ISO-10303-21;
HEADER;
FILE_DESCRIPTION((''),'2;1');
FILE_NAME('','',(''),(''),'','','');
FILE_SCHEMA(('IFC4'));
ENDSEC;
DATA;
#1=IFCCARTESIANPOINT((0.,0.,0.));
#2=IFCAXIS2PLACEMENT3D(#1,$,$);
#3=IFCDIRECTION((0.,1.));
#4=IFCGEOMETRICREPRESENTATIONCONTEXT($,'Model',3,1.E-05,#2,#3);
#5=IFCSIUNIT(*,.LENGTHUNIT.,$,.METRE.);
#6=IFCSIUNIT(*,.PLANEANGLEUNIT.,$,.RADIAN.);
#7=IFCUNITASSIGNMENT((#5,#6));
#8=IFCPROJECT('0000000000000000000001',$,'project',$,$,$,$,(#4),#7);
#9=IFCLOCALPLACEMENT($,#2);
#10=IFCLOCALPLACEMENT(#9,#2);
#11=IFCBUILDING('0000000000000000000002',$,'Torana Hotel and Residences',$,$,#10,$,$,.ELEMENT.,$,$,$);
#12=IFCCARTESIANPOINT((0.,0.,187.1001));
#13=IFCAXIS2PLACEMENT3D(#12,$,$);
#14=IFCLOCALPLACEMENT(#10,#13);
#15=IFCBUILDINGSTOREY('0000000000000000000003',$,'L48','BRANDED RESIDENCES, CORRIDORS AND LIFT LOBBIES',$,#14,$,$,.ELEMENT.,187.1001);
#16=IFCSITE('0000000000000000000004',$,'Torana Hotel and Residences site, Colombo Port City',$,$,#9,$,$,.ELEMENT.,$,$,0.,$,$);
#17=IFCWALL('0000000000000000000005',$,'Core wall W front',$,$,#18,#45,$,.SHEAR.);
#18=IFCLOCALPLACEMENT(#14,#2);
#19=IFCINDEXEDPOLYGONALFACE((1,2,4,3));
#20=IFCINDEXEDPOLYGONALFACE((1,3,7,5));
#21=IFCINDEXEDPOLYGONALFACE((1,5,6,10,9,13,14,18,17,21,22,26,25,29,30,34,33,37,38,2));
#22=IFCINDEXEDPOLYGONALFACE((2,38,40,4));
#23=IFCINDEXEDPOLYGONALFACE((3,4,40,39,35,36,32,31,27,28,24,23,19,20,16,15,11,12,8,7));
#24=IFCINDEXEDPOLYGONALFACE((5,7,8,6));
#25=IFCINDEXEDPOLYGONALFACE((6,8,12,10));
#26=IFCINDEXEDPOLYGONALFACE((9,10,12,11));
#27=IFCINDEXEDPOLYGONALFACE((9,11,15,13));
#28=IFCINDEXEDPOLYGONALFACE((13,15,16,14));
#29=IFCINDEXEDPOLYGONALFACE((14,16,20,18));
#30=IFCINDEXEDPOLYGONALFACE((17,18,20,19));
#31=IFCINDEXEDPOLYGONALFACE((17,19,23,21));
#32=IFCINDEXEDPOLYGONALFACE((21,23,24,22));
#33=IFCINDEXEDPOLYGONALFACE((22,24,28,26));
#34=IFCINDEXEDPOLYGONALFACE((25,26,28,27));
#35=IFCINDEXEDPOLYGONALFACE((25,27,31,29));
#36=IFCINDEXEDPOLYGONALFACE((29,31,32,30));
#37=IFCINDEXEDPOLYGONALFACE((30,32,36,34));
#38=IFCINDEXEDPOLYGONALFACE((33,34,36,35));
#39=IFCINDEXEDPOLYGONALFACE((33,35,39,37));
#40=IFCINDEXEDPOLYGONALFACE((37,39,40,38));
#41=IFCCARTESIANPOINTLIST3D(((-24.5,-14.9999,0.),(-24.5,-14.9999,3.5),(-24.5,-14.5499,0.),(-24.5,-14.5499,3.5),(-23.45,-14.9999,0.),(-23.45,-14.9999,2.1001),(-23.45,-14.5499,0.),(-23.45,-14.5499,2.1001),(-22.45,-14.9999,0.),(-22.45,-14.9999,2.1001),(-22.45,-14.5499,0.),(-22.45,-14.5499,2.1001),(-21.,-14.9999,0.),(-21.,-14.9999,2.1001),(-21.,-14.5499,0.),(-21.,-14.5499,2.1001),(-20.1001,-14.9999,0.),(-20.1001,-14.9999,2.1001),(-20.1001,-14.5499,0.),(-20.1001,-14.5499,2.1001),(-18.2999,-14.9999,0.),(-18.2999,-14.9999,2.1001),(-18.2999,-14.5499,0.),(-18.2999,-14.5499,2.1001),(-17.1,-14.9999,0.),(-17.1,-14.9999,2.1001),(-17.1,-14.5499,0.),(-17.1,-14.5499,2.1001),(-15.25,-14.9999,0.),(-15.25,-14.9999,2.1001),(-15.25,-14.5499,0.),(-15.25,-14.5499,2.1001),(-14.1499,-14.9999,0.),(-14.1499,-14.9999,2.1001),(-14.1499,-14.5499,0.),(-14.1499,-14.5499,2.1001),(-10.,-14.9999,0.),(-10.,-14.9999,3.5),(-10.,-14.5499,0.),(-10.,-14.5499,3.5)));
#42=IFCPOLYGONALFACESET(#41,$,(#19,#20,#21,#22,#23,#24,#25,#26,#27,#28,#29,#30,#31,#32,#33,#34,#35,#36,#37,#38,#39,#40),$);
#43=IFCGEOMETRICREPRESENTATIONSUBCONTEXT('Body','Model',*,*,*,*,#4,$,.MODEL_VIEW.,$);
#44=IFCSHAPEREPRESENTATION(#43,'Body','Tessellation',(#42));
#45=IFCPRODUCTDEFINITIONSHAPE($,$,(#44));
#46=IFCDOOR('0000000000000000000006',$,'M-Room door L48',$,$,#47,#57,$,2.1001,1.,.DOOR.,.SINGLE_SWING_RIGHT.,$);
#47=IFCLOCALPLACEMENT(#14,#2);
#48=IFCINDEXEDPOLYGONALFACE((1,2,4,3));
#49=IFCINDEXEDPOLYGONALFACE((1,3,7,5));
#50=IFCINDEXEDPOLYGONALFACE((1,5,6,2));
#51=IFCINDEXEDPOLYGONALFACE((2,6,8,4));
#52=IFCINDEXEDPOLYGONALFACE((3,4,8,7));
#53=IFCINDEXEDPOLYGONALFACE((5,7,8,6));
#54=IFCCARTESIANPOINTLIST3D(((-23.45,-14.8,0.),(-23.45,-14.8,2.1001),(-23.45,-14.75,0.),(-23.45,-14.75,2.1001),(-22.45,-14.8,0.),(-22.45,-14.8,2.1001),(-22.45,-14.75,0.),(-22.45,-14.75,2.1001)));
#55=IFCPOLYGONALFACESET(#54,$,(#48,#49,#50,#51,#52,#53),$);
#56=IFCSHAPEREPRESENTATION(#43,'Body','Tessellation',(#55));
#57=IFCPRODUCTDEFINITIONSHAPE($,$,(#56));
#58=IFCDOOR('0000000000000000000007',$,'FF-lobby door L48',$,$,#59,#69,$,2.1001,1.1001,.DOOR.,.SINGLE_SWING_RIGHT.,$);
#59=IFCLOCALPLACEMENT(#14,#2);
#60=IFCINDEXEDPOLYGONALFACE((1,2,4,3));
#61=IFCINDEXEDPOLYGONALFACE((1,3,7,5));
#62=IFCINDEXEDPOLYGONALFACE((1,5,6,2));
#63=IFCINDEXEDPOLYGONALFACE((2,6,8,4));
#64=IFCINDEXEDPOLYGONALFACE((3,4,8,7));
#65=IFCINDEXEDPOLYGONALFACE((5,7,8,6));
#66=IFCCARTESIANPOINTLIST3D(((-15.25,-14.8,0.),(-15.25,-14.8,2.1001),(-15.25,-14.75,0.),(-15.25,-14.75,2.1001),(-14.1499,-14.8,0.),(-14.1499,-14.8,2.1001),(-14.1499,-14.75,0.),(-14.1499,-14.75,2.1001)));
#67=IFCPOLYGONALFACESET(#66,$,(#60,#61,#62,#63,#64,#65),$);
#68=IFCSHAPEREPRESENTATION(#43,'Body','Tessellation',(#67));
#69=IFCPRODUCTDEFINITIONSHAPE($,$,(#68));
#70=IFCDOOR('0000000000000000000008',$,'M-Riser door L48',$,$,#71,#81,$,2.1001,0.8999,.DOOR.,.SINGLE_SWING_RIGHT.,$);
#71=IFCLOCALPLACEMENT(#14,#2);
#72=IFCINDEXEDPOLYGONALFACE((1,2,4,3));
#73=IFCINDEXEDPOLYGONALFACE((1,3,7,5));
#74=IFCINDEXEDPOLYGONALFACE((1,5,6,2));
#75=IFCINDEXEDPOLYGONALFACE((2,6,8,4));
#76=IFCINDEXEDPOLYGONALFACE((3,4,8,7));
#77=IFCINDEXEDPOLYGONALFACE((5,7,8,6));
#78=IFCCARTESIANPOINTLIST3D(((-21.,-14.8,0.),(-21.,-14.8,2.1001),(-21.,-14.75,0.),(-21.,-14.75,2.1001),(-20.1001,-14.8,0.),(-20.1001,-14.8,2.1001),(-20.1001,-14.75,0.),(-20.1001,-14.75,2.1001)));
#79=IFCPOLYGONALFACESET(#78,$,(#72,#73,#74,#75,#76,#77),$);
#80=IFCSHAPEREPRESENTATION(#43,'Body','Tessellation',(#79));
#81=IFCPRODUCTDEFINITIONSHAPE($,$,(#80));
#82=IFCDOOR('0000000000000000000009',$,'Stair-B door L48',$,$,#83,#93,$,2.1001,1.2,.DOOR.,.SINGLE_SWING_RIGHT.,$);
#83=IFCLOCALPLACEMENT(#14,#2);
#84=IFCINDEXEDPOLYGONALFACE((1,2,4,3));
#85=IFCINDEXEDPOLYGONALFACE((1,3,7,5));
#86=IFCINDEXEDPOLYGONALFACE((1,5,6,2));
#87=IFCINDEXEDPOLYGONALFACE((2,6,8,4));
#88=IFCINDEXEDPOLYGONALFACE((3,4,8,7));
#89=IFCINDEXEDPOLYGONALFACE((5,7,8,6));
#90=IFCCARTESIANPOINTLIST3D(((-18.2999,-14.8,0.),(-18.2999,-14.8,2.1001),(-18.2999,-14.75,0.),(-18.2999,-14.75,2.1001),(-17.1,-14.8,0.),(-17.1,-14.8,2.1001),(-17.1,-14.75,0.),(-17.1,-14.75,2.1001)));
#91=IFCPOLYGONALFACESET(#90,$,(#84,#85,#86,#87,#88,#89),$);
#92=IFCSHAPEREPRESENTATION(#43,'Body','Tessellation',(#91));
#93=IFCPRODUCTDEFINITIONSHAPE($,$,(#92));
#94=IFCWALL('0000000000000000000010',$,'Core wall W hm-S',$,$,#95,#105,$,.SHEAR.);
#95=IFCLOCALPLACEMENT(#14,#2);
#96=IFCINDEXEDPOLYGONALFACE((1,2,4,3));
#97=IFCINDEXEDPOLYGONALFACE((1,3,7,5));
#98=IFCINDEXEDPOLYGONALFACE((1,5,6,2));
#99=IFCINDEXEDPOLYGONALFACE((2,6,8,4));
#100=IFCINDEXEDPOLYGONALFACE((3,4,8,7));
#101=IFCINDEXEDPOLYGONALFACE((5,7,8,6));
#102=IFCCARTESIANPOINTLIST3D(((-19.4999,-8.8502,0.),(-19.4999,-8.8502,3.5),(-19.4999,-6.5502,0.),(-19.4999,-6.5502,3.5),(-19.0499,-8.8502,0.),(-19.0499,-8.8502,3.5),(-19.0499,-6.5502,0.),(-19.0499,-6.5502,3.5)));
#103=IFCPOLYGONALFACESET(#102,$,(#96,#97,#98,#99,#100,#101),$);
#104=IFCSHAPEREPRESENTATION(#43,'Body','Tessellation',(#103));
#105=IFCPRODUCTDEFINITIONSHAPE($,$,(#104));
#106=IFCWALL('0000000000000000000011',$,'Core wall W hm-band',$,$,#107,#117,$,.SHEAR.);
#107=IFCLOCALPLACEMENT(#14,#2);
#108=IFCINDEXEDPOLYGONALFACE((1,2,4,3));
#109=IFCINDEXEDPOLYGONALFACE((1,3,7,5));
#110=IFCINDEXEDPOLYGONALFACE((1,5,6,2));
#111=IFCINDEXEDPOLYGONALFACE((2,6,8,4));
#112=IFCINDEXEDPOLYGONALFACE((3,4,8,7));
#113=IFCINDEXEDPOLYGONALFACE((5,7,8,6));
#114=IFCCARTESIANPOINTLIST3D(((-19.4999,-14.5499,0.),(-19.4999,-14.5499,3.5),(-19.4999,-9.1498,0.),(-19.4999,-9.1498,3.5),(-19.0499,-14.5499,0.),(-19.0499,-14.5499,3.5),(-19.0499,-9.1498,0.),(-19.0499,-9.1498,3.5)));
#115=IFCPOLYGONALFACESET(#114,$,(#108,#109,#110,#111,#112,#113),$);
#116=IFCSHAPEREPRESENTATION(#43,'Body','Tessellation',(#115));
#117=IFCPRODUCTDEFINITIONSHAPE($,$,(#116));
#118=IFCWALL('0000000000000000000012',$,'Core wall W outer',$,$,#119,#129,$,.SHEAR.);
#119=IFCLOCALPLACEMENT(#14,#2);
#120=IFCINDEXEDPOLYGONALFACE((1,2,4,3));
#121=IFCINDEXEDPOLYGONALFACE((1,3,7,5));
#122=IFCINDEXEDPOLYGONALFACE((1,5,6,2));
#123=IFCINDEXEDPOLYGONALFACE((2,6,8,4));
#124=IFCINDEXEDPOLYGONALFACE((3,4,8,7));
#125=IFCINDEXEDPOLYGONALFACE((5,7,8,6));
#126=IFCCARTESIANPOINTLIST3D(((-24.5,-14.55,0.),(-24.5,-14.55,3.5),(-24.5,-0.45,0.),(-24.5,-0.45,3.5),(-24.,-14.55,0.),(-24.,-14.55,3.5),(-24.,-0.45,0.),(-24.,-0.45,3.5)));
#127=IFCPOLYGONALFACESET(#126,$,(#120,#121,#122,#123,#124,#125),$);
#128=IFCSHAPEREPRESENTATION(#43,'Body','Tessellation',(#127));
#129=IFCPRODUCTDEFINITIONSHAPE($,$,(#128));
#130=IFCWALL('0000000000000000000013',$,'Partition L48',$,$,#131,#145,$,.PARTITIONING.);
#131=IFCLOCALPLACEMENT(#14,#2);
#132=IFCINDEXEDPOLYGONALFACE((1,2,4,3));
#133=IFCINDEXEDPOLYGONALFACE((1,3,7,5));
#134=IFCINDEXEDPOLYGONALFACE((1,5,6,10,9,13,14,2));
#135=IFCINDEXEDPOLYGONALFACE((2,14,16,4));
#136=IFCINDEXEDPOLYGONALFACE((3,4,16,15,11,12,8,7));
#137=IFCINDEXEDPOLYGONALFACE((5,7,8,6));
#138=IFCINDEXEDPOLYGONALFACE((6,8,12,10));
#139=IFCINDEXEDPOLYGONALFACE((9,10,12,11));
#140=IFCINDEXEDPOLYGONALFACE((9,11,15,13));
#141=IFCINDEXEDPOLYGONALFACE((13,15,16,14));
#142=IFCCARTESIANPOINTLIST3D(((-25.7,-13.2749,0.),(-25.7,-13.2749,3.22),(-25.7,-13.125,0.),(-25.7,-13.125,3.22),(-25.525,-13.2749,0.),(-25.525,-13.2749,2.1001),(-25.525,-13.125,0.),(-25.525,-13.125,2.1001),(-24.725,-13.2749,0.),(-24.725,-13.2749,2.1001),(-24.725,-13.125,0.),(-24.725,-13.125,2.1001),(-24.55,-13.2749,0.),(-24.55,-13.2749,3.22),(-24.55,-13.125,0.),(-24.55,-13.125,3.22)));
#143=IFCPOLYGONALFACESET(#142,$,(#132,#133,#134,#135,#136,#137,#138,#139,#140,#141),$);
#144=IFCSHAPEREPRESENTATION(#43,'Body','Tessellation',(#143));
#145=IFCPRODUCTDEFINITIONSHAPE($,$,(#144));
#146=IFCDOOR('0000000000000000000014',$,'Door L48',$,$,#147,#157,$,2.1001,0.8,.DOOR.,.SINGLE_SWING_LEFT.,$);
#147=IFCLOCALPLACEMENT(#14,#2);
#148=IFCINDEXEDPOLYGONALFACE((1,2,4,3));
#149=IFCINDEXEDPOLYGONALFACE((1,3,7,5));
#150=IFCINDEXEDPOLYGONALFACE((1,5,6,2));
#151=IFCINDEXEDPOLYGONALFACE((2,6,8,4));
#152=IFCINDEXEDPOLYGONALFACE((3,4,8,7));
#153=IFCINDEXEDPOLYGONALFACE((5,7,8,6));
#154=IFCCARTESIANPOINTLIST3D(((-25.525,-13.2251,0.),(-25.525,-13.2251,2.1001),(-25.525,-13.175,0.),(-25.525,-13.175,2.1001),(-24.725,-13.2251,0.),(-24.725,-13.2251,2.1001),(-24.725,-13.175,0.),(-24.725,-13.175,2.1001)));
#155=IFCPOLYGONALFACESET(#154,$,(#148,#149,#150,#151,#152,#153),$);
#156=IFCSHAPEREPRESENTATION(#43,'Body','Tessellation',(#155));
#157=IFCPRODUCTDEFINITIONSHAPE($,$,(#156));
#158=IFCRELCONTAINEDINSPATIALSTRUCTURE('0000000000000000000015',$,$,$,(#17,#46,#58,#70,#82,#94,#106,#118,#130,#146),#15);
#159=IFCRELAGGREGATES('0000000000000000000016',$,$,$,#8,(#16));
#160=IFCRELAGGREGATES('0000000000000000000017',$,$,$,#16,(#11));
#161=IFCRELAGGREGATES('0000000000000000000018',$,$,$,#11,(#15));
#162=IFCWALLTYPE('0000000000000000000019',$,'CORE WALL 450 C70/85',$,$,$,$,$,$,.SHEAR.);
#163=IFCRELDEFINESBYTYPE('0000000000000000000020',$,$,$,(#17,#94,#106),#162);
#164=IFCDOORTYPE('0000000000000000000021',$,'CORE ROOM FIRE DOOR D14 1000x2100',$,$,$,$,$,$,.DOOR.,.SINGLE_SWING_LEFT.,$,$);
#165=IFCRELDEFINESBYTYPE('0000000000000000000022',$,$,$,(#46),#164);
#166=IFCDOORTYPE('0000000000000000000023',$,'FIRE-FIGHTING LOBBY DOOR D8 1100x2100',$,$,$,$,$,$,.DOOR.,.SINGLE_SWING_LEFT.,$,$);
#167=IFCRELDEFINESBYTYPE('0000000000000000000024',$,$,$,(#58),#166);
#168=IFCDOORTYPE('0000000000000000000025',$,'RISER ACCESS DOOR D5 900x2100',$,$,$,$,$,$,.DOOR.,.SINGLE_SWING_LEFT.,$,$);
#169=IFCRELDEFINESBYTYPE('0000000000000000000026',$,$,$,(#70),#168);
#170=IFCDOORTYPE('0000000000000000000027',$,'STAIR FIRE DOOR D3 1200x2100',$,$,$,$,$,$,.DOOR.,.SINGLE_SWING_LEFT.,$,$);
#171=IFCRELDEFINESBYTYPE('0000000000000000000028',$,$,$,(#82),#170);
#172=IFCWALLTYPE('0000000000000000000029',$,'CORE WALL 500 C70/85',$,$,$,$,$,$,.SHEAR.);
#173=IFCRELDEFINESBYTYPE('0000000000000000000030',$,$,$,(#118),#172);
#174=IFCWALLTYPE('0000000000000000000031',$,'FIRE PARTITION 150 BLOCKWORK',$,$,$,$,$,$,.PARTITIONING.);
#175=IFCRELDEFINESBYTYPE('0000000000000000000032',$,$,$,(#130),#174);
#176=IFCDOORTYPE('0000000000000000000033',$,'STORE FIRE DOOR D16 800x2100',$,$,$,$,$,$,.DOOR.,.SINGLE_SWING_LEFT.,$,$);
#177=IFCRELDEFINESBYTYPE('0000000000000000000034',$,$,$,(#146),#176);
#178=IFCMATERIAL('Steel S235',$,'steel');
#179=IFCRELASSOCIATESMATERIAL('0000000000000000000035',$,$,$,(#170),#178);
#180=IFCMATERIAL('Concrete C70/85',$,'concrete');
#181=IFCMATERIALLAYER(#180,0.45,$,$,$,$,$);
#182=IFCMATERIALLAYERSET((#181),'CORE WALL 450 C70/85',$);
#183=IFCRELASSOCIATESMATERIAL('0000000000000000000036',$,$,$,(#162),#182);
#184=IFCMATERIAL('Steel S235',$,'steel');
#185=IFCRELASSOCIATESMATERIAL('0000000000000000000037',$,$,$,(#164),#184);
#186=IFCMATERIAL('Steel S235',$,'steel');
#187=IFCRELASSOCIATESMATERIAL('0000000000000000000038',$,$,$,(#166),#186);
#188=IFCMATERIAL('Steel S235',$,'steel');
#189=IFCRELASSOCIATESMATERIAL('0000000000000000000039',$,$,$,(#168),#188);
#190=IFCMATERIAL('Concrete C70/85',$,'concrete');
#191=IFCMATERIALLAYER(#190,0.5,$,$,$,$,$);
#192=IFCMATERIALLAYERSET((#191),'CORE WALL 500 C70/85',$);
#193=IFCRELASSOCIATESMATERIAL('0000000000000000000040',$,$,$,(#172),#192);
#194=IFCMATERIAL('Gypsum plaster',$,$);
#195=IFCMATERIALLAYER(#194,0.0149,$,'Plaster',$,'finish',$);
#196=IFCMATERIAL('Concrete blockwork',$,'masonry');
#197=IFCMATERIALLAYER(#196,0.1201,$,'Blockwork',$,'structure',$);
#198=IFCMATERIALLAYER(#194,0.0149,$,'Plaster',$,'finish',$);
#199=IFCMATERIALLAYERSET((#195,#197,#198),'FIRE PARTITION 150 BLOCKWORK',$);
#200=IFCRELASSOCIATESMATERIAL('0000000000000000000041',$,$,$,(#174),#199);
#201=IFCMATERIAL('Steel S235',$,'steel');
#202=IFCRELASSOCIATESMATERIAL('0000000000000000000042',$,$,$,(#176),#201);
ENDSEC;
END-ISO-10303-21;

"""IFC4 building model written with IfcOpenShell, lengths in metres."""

from ifc_helpers import new_model, si_unit, direction, frame, frame_2d, origin, place, context, subcontext, project, spatial, rectangle, extrude, material, layer, layer_set, type_object, element, fill, save


model = new_model("IFC4")

# Units and contexts
model_context = context("Model", 3, precision=1e-05, world=origin(), true_north=direction((0.0, 1.0)))
body_context = subcontext(model_context, "Body", "Model", "MODEL_VIEW")
ifc_project = project(units=[si_unit("LENGTHUNIT", "METRE"), si_unit("PLANEANGLEUNIT", "RADIAN")], contexts=[model_context])

# Site, building, storey
site_placement = place(None, origin())
site = spatial("IfcSite", under=ifc_project, at=site_placement, Name="Torana Hotel and Residences site, Colombo Port City", CompositionType="ELEMENT", RefElevation=0.0)
building_placement = place(site_placement, origin())
building = spatial("IfcBuilding", under=site, at=building_placement, Name="Torana Hotel and Residences", CompositionType="ELEMENT")
storey_placement = place(building_placement, frame((0.0, 0.0, 187.1001)))
storey = spatial("IfcBuildingStorey", under=building, at=storey_placement, Name="L48", Description="BRANDED RESIDENCES, CORRIDORS AND LIFT LOBBIES", CompositionType="ELEMENT", Elevation=187.1001)

# Shared definitions
ifc_material_1 = material(Name="Steel S235", Category="steel")
door_type_1 = type_object("IfcDoorType", Name="STAIR FIRE DOOR D3 1200x2100", OperationType="SINGLE_SWING_LEFT", PredefinedType="DOOR", material=ifc_material_1)

# Wall, openings, doors
ifc_material_2 = material(Name="Concrete C70/85", Category="concrete")
ifc_layer_1 = layer(ifc_material_2, 0.45)
ifc_layer_set_1 = layer_set([ifc_layer_1], Name="CORE WALL 450 C70/85")
wall_type_1 = type_object("IfcWallType", Name="CORE WALL 450 C70/85", PredefinedType="SHEAR", material=ifc_layer_set_1)
wall_1_placement = place(storey_placement, frame((-24.5, -14.7749, 0.0), z_axis=(0.0, 0.0, 1.0), x_axis=(1.0, 0.0, 0.0)))
wall_1 = element("IfcWall", 1, at=wall_1_placement, inside=storey, type_object=wall_type_1, Name="Core wall W front", PredefinedType="SHEAR", context=body_context, shape_type="SweptSolid", body=[
    extrude(rectangle(XDim=14.5, YDim=0.45, at=frame_2d((7.25, 0.0))), origin(), (0.0, 0.0, 1.0), 3.5),
])
opening_1_placement = place(wall_1_placement, frame((6.2, 0.0, 0.0)))
opening_1 = element("IfcOpeningElement", 2, at=opening_1_placement, cuts=wall_1, PredefinedType="OPENING", context=body_context, shape_type="SweptSolid", body=[
    extrude(rectangle(XDim=1.2, YDim=2.1001, at=frame_2d((0.6001, 1.05))), frame((0.0, 0.2349, 0.0), z_axis=(0.0, -1.0, 0.0), x_axis=(1.0, 0.0, 0.0)), (0.0, 0.0, 1.0), 0.47),
])
opening_2_placement = place(wall_1_placement, frame((9.25, 0.0, 0.0)))
opening_2 = element("IfcOpeningElement", 3, at=opening_2_placement, cuts=wall_1, PredefinedType="OPENING", context=body_context, shape_type="SweptSolid", body=[
    extrude(rectangle(XDim=1.1001, YDim=2.1001, at=frame_2d((0.55, 1.05))), frame((0.0, 0.2349, 0.0), z_axis=(0.0, -1.0, 0.0), x_axis=(1.0, 0.0, 0.0)), (0.0, 0.0, 1.0), 0.47),
])
opening_3_placement = place(wall_1_placement, frame((3.5, 0.0, 0.0)))
opening_3 = element("IfcOpeningElement", 4, at=opening_3_placement, cuts=wall_1, PredefinedType="OPENING", context=body_context, shape_type="SweptSolid", body=[
    extrude(rectangle(XDim=0.8999, YDim=2.1001, at=frame_2d((0.45, 1.05))), frame((0.0, 0.2349, 0.0), z_axis=(0.0, -1.0, 0.0), x_axis=(1.0, 0.0, 0.0)), (0.0, 0.0, 1.0), 0.47),
])
opening_4_placement = place(wall_1_placement, frame((1.05, 0.0, 0.0)))
opening_4 = element("IfcOpeningElement", 5, at=opening_4_placement, cuts=wall_1, PredefinedType="OPENING", context=body_context, shape_type="SweptSolid", body=[
    extrude(rectangle(XDim=1.0, YDim=2.1001, at=frame_2d((0.5, 1.05))), frame((0.0, 0.2349, 0.0), z_axis=(0.0, -1.0, 0.0), x_axis=(1.0, 0.0, 0.0)), (0.0, 0.0, 1.0), 0.47),
])
ifc_material_3 = material(Name="Steel S235", Category="steel")
door_type_2 = type_object("IfcDoorType", Name="CORE ROOM FIRE DOOR D14 1000x2100", OperationType="SINGLE_SWING_LEFT", PredefinedType="DOOR", material=ifc_material_3)
door_1_placement = place(opening_4_placement, origin())
door_1 = element("IfcDoor", 6, at=door_1_placement, inside=storey, type_object=door_type_2, Name="M-Room door L48", OperationType="SINGLE_SWING_RIGHT", OverallHeight=2.1001, OverallWidth=1.0, PredefinedType="DOOR", context=body_context, shape_type="SweptSolid", body=[
    extrude(rectangle(XDim=1.0, YDim=2.1001, at=frame_2d((0.5, 1.05))), frame((0.0, 0.0249, 0.0), z_axis=(0.0, -1.0, 0.0), x_axis=(1.0, 0.0, 0.0)), (0.0, 0.0, 1.0), 0.05),
])
fill(opening_4, door_1)
ifc_material_4 = material(Name="Steel S235", Category="steel")
door_type_3 = type_object("IfcDoorType", Name="FIRE-FIGHTING LOBBY DOOR D8 1100x2100", OperationType="SINGLE_SWING_LEFT", PredefinedType="DOOR", material=ifc_material_4)
door_2_placement = place(opening_2_placement, origin())
door_2 = element("IfcDoor", 7, at=door_2_placement, inside=storey, type_object=door_type_3, Name="FF-lobby door L48", OperationType="SINGLE_SWING_RIGHT", OverallHeight=2.1001, OverallWidth=1.1001, PredefinedType="DOOR", context=body_context, shape_type="SweptSolid", body=[
    extrude(rectangle(XDim=1.1001, YDim=2.1001, at=frame_2d((0.55, 1.05))), frame((0.0, 0.0249, 0.0), z_axis=(0.0, -1.0, 0.0), x_axis=(1.0, 0.0, 0.0)), (0.0, 0.0, 1.0), 0.05),
])
fill(opening_2, door_2)
ifc_material_5 = material(Name="Steel S235", Category="steel")
door_type_4 = type_object("IfcDoorType", Name="RISER ACCESS DOOR D5 900x2100", OperationType="SINGLE_SWING_LEFT", PredefinedType="DOOR", material=ifc_material_5)
door_3_placement = place(opening_3_placement, origin())
door_3 = element("IfcDoor", 8, at=door_3_placement, inside=storey, type_object=door_type_4, Name="M-Riser door L48", OperationType="SINGLE_SWING_RIGHT", OverallHeight=2.1001, OverallWidth=0.8999, PredefinedType="DOOR", context=body_context, shape_type="SweptSolid", body=[
    extrude(rectangle(XDim=0.8999, YDim=2.1001, at=frame_2d((0.45, 1.05))), frame((0.0, 0.0249, 0.0), z_axis=(0.0, -1.0, 0.0), x_axis=(1.0, 0.0, 0.0)), (0.0, 0.0, 1.0), 0.05),
])
fill(opening_3, door_3)
door_4_placement = place(opening_1_placement, origin())
door_4 = element("IfcDoor", 9, at=door_4_placement, inside=storey, type_object=door_type_1, Name="Stair-B door L48", OperationType="SINGLE_SWING_RIGHT", OverallHeight=2.1001, OverallWidth=1.2, PredefinedType="DOOR", context=body_context, shape_type="SweptSolid", body=[
    extrude(rectangle(XDim=1.2, YDim=2.1001, at=frame_2d((0.6001, 1.05))), frame((0.0, 0.0249, 0.0), z_axis=(0.0, -1.0, 0.0), x_axis=(1.0, 0.0, 0.0)), (0.0, 0.0, 1.0), 0.05),
])
fill(opening_1, door_4)

# Walls
wall_2_placement = place(storey_placement, frame((-19.2749, -8.8501, 0.0), z_axis=(0.0, 0.0, 1.0), x_axis=(0.0, 1.0, 0.0)))
element("IfcWall", 10, at=wall_2_placement, inside=storey, type_object=wall_type_1, Name="Core wall W hm-S", PredefinedType="SHEAR", context=body_context, shape_type="SweptSolid", body=[
    extrude(rectangle(XDim=2.3, YDim=0.45, at=frame_2d((1.1499, 0.0))), origin(), (0.0, 0.0, 1.0), 3.5),
])
wall_3_placement = place(storey_placement, frame((-19.2749, -14.55, 0.0), z_axis=(0.0, 0.0, 1.0), x_axis=(0.0, 1.0, 0.0)))
element("IfcWall", 11, at=wall_3_placement, inside=storey, type_object=wall_type_1, Name="Core wall W hm-band", PredefinedType="SHEAR", context=body_context, shape_type="SweptSolid", body=[
    extrude(rectangle(XDim=5.4001, YDim=0.45, at=frame_2d((2.7002, 0.0))), origin(), (0.0, 0.0, 1.0), 3.5),
])
ifc_material_6 = material(Name="Concrete C70/85", Category="concrete")
ifc_layer_2 = layer(ifc_material_6, 0.5)
ifc_layer_set_2 = layer_set([ifc_layer_2], Name="CORE WALL 500 C70/85")
wall_type_2 = type_object("IfcWallType", Name="CORE WALL 500 C70/85", PredefinedType="SHEAR", material=ifc_layer_set_2)
wall_4_placement = place(storey_placement, frame((-24.25, -14.55, 0.0), z_axis=(0.0, 0.0, 1.0), x_axis=(0.0, 1.0, 0.0)))
element("IfcWall", 12, at=wall_4_placement, inside=storey, type_object=wall_type_2, Name="Core wall W outer", PredefinedType="SHEAR", context=body_context, shape_type="SweptSolid", body=[
    extrude(rectangle(XDim=14.1001, YDim=0.5, at=frame_2d((7.05, 0.0))), origin(), (0.0, 0.0, 1.0), 3.5),
])

# Wall, opening, door
ifc_material_7 = material(Name="Gypsum plaster")
ifc_layer_3 = layer(ifc_material_7, 0.0149, Name="Plaster", Category="finish")
ifc_material_8 = material(Name="Concrete blockwork", Category="masonry")
ifc_layer_4 = layer(ifc_material_8, 0.1201, Name="Blockwork", Category="structure")
ifc_layer_5 = layer(ifc_material_7, 0.0149, Name="Plaster", Category="finish")
ifc_layer_set_3 = layer_set([ifc_layer_3, ifc_layer_4, ifc_layer_5], Name="FIRE PARTITION 150 BLOCKWORK")
wall_type_3 = type_object("IfcWallType", Name="FIRE PARTITION 150 BLOCKWORK", PredefinedType="PARTITIONING", material=ifc_layer_set_3)
wall_5_placement = place(storey_placement, frame((-25.7, -13.2, 0.0), z_axis=(0.0, 0.0, 1.0), x_axis=(1.0, 0.0, 0.0)))
wall_5 = element("IfcWall", 13, at=wall_5_placement, inside=storey, type_object=wall_type_3, Name="Partition L48", PredefinedType="PARTITIONING", context=body_context, shape_type="SweptSolid", body=[
    extrude(rectangle(XDim=1.1499, YDim=0.1499, at=frame_2d((0.575, 0.0))), origin(), (0.0, 0.0, 1.0), 3.22),
])
opening_5_placement = place(wall_5_placement, frame((0.175, 0.0, 0.0)))
opening_5 = element("IfcOpeningElement", 14, at=opening_5_placement, cuts=wall_5, PredefinedType="OPENING", context=body_context, shape_type="SweptSolid", body=[
    extrude(rectangle(XDim=0.8, YDim=2.1001, at=frame_2d((0.3999, 1.05))), frame((0.0, 0.085, 0.0), z_axis=(0.0, -1.0, 0.0), x_axis=(1.0, 0.0, 0.0)), (0.0, 0.0, 1.0), 0.1699),
])
ifc_material_9 = material(Name="Steel S235", Category="steel")
door_type_5 = type_object("IfcDoorType", Name="STORE FIRE DOOR D16 800x2100", OperationType="SINGLE_SWING_LEFT", PredefinedType="DOOR", material=ifc_material_9)
door_5_placement = place(opening_5_placement, origin())
door_5 = element("IfcDoor", 15, at=door_5_placement, inside=storey, type_object=door_type_5, Name="Door L48", OperationType="SINGLE_SWING_LEFT", OverallHeight=2.1001, OverallWidth=0.8, PredefinedType="DOOR", context=body_context, shape_type="SweptSolid", body=[
    extrude(rectangle(XDim=0.8, YDim=2.1001, at=frame_2d((0.3999, 1.05))), frame((0.0, 0.0249, 0.0), z_axis=(0.0, -1.0, 0.0), x_axis=(1.0, 0.0, 0.0)), (0.0, 0.0, 1.0), 0.05),
])
fill(opening_5, door_5)

save(model, "model.ifc")
